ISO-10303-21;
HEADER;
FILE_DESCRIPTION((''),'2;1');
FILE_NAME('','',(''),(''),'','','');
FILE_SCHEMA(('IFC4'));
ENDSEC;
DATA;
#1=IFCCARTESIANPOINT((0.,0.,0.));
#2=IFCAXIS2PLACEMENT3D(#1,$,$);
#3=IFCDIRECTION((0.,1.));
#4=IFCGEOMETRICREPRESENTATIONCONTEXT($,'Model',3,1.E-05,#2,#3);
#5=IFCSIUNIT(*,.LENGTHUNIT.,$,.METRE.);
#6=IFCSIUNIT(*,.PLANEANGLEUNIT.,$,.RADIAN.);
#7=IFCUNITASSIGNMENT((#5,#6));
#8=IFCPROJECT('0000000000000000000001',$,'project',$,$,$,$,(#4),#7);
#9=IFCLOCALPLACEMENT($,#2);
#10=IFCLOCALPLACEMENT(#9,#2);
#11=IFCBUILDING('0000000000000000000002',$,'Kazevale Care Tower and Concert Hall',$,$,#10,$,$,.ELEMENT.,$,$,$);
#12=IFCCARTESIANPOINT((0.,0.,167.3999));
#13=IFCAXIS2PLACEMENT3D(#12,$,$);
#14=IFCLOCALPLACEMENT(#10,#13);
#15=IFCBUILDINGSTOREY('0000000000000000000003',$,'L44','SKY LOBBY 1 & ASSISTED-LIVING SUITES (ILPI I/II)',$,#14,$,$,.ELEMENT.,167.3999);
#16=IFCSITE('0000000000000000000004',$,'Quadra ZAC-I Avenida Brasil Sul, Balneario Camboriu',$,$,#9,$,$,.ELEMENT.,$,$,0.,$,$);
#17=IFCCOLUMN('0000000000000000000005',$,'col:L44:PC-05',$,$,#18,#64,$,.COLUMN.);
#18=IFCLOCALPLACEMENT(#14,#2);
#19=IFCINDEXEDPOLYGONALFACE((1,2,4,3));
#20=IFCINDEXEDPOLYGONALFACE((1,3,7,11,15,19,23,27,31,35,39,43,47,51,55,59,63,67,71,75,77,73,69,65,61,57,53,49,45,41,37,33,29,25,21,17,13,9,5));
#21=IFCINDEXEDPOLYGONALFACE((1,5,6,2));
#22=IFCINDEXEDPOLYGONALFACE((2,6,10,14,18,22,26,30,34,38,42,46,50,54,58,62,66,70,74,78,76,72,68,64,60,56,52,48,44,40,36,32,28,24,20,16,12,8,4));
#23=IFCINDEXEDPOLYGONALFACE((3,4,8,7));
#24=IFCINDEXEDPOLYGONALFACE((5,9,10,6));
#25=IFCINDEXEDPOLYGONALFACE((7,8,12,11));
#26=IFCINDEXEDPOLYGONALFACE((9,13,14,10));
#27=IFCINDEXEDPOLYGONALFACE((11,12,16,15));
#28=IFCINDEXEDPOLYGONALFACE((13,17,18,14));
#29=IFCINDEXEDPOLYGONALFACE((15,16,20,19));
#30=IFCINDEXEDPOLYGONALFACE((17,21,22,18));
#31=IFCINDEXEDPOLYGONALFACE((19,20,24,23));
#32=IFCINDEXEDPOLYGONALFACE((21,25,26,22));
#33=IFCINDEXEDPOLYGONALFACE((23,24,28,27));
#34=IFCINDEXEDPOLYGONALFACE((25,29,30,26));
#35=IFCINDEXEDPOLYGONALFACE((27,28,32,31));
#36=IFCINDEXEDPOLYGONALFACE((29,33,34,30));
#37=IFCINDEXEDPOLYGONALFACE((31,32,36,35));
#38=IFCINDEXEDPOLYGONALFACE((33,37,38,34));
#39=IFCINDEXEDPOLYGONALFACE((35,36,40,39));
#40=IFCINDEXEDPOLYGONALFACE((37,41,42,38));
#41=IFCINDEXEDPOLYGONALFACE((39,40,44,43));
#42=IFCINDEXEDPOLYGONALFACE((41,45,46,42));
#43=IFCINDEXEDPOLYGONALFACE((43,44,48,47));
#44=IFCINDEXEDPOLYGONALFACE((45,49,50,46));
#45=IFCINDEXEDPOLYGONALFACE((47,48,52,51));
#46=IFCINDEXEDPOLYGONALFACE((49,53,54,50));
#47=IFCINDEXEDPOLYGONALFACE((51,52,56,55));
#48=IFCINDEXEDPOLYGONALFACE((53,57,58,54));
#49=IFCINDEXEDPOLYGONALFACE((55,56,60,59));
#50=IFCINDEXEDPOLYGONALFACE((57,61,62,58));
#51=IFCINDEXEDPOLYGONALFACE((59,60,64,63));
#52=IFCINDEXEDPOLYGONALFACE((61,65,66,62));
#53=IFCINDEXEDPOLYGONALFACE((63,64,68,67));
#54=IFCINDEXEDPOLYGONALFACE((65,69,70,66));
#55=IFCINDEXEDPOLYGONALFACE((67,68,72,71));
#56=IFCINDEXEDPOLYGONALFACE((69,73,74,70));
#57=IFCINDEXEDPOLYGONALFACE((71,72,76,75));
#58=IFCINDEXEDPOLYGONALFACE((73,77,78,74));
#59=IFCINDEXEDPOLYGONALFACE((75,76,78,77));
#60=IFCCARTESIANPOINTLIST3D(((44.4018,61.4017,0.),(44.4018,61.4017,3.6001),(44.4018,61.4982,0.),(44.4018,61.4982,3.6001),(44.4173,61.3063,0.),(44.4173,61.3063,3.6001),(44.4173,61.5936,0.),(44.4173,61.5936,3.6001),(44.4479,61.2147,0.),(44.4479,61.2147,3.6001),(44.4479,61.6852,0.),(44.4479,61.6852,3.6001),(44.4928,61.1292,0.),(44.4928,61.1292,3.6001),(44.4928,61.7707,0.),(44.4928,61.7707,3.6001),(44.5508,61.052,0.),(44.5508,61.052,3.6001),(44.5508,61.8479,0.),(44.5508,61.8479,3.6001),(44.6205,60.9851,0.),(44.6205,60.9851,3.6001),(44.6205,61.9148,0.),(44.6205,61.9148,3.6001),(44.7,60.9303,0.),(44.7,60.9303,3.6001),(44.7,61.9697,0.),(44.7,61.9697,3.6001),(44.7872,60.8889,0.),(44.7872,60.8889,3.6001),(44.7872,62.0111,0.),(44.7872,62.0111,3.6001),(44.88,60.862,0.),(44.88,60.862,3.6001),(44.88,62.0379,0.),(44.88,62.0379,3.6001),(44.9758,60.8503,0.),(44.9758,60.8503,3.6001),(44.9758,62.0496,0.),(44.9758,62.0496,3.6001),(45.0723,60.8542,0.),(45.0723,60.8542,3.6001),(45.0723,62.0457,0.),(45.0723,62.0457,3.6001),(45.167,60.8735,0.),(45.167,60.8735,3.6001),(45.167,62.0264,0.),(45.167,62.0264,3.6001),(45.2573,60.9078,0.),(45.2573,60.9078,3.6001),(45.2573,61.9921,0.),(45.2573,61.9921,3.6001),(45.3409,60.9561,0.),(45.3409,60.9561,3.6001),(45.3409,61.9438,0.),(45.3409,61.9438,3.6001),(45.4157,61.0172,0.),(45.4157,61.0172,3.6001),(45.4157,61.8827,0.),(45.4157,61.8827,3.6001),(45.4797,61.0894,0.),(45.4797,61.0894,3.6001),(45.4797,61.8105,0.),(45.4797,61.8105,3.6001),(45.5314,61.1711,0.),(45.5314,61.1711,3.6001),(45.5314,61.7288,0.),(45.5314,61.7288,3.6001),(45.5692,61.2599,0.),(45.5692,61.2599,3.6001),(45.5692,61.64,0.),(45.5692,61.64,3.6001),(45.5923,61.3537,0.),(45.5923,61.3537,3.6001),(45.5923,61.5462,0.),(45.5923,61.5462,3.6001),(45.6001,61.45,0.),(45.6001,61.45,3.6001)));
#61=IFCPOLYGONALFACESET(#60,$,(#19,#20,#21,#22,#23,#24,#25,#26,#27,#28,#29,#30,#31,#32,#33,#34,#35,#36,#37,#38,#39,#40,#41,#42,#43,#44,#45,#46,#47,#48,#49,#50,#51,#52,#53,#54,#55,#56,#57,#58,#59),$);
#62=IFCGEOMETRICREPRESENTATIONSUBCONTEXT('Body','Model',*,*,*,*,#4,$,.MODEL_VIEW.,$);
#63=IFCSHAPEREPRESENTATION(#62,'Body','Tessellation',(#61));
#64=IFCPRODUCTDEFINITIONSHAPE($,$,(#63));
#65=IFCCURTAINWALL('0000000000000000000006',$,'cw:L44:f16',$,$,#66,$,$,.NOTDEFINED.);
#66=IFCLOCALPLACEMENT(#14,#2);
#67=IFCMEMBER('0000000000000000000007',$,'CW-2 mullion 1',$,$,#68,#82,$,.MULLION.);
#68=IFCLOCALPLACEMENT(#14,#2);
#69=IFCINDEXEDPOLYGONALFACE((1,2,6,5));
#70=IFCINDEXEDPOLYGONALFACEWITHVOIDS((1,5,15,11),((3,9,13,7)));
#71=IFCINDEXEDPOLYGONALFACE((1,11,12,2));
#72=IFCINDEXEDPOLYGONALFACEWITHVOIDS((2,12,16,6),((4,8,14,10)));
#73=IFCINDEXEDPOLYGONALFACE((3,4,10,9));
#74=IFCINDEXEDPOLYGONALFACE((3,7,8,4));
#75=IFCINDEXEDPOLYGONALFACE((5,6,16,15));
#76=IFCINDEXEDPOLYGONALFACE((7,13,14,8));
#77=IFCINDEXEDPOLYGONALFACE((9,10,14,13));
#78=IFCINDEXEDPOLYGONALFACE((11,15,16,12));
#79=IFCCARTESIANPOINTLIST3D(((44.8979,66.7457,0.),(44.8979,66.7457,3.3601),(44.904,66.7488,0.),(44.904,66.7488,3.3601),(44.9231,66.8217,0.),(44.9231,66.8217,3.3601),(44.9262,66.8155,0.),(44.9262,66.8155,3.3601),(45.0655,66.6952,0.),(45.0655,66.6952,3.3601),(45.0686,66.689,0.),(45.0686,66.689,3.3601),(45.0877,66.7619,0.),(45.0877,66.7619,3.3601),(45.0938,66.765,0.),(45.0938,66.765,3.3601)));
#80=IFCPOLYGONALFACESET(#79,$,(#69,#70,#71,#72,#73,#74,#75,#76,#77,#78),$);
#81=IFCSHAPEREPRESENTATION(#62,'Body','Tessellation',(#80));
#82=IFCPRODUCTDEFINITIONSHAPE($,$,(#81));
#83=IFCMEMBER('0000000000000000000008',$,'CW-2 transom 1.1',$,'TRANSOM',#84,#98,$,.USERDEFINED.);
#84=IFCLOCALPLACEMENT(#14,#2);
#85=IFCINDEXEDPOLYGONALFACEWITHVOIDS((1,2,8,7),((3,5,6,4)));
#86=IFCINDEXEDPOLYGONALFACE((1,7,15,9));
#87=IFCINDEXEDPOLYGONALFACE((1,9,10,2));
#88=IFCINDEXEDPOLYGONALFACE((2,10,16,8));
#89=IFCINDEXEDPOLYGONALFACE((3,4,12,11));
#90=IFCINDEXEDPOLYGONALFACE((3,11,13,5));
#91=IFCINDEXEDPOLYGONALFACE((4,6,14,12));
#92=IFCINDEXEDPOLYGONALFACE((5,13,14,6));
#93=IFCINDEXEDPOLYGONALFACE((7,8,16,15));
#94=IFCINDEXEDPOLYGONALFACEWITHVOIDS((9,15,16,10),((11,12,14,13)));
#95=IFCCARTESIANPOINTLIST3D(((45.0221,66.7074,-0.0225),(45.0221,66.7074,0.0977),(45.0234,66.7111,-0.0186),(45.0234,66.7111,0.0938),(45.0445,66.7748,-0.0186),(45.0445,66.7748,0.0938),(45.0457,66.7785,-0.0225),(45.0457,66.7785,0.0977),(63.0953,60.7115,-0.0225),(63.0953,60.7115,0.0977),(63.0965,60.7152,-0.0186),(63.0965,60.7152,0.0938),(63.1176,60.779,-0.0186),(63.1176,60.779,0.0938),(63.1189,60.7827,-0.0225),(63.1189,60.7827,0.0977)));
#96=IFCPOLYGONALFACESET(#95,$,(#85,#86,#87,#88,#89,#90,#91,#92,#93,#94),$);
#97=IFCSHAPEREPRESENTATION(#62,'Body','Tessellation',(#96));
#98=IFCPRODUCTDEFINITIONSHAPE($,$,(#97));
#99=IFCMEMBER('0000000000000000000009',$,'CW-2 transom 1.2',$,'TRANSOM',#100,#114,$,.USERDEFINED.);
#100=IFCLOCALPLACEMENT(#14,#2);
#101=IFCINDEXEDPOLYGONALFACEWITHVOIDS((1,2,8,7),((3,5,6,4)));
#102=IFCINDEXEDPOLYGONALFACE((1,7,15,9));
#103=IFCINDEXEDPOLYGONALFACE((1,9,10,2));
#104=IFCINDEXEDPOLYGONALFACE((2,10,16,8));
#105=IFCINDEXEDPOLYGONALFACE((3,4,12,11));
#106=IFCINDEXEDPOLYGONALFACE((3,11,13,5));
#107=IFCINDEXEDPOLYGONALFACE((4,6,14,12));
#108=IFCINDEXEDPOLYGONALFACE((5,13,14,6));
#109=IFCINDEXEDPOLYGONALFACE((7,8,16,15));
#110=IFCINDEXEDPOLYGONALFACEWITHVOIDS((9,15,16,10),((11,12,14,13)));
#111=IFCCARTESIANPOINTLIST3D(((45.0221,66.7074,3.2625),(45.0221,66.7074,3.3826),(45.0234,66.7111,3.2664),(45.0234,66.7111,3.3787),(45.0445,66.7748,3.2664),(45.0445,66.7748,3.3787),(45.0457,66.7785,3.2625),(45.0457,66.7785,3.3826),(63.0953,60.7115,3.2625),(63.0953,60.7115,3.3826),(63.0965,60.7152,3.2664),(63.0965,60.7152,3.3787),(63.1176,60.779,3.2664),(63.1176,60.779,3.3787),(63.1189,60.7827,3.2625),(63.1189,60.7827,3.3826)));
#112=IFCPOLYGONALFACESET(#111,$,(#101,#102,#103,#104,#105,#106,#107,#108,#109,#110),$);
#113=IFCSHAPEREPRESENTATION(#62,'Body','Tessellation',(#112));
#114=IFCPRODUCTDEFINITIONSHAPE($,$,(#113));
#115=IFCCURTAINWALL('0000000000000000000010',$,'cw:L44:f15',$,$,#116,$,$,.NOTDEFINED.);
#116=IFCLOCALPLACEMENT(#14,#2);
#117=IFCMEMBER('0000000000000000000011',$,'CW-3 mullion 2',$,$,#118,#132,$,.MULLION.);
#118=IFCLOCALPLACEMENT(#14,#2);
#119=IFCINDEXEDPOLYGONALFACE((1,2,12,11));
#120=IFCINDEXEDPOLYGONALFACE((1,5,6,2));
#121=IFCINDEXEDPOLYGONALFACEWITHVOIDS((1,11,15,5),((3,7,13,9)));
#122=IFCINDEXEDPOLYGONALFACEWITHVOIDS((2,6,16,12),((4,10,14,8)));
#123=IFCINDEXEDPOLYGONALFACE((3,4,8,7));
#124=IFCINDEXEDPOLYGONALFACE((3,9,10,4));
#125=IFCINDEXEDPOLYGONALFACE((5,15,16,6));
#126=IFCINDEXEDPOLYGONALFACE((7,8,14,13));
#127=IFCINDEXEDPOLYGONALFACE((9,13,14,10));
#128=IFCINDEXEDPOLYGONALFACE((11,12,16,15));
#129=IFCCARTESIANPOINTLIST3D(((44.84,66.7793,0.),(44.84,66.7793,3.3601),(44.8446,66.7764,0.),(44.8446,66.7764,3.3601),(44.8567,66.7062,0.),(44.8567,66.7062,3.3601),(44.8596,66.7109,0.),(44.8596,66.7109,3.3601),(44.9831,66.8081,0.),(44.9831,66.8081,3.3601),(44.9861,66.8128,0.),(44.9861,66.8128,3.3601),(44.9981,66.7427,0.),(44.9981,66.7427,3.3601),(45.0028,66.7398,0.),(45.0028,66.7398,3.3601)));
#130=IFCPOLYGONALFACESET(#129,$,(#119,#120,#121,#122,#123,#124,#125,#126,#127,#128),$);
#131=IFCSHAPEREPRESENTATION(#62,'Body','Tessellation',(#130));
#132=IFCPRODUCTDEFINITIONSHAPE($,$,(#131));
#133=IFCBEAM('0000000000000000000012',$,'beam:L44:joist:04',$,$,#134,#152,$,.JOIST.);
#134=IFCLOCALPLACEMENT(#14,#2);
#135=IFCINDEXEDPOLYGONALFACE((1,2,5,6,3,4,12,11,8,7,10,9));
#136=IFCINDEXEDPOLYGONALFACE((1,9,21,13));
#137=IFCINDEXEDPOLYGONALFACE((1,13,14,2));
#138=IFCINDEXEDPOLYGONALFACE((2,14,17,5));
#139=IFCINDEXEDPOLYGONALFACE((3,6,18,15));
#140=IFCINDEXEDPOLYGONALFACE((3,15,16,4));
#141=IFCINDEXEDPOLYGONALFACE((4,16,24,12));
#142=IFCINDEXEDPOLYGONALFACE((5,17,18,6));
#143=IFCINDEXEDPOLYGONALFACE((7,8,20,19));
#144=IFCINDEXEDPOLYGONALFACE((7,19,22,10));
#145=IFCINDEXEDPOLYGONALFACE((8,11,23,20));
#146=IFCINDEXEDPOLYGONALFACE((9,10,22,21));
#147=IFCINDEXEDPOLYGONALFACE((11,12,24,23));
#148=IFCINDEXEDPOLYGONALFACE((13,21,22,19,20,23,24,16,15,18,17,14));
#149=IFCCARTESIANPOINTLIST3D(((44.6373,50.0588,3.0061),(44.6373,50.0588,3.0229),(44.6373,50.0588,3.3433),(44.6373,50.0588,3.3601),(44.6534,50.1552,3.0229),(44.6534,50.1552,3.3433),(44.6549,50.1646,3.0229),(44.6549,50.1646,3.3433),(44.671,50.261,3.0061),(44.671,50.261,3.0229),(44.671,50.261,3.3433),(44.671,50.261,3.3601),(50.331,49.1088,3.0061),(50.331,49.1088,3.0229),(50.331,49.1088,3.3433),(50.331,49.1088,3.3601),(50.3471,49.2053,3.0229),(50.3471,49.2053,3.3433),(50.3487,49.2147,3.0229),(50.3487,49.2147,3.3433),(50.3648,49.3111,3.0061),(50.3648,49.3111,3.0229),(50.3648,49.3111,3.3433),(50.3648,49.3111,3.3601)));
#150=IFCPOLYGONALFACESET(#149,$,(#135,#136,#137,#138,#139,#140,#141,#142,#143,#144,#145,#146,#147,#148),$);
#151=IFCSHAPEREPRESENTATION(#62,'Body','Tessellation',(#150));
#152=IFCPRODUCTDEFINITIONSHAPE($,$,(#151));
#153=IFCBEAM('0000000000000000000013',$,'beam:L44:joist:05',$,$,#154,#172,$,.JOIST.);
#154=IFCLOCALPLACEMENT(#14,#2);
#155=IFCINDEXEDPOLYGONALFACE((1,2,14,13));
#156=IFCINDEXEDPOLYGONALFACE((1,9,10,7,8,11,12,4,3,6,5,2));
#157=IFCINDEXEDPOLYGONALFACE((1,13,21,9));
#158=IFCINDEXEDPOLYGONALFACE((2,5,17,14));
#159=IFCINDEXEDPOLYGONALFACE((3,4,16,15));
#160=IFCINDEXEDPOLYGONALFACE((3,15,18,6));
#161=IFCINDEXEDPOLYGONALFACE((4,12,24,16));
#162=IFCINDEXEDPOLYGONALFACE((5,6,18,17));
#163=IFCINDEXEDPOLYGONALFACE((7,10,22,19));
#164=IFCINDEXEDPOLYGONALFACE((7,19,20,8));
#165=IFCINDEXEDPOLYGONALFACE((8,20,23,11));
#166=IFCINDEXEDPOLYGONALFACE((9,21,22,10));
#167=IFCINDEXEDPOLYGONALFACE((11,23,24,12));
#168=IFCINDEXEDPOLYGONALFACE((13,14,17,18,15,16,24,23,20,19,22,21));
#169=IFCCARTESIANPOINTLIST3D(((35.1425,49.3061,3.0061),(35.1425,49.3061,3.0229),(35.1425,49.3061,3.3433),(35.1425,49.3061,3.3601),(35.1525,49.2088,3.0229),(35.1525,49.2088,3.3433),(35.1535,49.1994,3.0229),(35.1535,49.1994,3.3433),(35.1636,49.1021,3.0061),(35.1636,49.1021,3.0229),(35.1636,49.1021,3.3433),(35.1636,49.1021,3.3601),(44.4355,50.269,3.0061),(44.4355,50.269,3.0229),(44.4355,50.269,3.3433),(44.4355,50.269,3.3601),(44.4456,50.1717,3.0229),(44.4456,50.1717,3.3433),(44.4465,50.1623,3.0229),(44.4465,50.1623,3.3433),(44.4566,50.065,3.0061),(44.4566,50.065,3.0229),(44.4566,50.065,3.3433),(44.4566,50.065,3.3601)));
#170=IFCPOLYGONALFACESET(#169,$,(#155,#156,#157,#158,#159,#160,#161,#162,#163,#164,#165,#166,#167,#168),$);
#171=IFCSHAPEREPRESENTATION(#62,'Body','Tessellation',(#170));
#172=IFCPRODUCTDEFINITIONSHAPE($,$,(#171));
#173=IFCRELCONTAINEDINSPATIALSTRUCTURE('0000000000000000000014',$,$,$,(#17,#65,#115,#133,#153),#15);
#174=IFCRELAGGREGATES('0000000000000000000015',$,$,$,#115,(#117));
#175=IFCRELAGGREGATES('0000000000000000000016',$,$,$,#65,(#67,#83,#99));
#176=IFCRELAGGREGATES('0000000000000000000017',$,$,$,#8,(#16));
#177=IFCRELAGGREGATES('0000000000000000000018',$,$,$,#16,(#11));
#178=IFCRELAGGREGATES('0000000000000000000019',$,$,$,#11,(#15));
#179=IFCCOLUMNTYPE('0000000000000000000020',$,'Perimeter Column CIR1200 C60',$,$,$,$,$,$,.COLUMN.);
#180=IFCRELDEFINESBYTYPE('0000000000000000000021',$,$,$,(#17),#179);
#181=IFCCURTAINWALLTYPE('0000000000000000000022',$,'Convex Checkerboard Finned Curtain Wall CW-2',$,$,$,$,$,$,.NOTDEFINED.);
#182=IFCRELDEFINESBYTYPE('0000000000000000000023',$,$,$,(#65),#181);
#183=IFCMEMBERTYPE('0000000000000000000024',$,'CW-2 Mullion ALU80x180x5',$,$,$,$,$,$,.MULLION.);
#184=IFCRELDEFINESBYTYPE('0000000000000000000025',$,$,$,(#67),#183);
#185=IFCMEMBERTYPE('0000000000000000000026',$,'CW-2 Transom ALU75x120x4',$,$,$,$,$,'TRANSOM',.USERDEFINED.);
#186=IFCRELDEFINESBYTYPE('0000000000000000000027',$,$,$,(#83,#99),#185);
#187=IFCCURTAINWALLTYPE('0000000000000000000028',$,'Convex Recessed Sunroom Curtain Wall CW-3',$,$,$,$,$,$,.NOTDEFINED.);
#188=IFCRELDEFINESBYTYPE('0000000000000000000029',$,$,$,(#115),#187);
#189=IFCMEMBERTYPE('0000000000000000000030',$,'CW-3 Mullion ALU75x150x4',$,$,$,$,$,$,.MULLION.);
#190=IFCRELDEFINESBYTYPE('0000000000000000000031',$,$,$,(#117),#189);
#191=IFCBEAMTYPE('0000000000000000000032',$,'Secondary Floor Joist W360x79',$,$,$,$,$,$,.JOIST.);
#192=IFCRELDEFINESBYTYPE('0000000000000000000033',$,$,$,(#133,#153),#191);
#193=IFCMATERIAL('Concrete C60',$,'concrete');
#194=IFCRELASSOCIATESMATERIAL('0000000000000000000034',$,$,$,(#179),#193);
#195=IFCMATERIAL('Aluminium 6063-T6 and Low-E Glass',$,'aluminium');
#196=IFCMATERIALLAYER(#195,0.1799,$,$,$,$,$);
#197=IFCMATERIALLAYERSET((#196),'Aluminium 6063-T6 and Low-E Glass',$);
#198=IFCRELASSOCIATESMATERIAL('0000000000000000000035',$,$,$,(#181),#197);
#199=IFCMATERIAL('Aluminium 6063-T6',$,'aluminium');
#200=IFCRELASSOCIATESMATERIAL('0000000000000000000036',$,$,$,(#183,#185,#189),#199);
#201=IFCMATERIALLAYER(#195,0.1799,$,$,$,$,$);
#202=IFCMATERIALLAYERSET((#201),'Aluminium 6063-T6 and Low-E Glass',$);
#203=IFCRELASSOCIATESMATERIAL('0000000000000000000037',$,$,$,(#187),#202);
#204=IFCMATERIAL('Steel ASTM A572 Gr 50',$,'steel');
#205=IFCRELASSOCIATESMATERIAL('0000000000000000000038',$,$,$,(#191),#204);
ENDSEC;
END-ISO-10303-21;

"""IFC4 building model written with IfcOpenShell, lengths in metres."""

from ifc_helpers import new_model, si_unit, direction, frame, origin, origin_2d, place, context, subcontext, project, spatial, hollow_rectangle, circle, i_section, extrude, material, layer, layer_set, material_profile, profile_set, type_object, element, aggregate, save


model = new_model("IFC4")

# Units and contexts
model_context = context("Model", 3, precision=1e-05, world=origin(), true_north=direction((0.0, 1.0)))
body_context = subcontext(model_context, "Body", "Model", "MODEL_VIEW")
ifc_project = project(units=[si_unit("LENGTHUNIT", "METRE"), si_unit("PLANEANGLEUNIT", "RADIAN")], contexts=[model_context])

# Site, building, storey
site_placement = place(None, origin())
site = spatial("IfcSite", under=ifc_project, at=site_placement, Name="Quadra ZAC-I Avenida Brasil Sul, Balneario Camboriu", CompositionType="ELEMENT", RefElevation=0.0)
building_placement = place(site_placement, origin())
building = spatial("IfcBuilding", under=site, at=building_placement, Name="Kazevale Care Tower and Concert Hall", CompositionType="ELEMENT")
storey_placement = place(building_placement, frame((0.0, 0.0, 167.3999)))
storey = spatial("IfcBuildingStorey", under=building, at=storey_placement, Name="L44", Description="SKY LOBBY 1 & ASSISTED-LIVING SUITES (ILPI I/II)", CompositionType="ELEMENT", Elevation=167.3999)

# Column
ifc_material_1 = material(Name="Concrete C60", Category="concrete")
ifc_material_profile_1 = material_profile(ifc_material_1, circle(Radius=0.6001, at=origin_2d()), Name="RC-CIR1200")
ifc_profile_set_1 = profile_set([ifc_material_profile_1], Name="Concrete C60")
column_type = type_object("IfcColumnType", Name="Perimeter Column CIR1200 C60", PredefinedType="COLUMN", material=ifc_profile_set_1)
column_placement = place(storey_placement, frame((45.0, 61.45, 0.0), z_axis=(0.0, 0.0, 1.0), x_axis=(1.0, 0.0, 0.0)))
element("IfcColumn", 1, at=column_placement, inside=storey, type_object=column_type, Name="col:L44:PC-05", PredefinedType="COLUMN", context=body_context, shape_type="SweptSolid", body=[
    extrude(circle(Radius=0.6001, at=origin_2d()), origin(), (0.0, 0.0, 1.0), 3.6001),
])

# Curtain wall, members
ifc_material_2 = material(Name="Aluminium 6063-T6 and Low-E Glass", Category="aluminium")
ifc_layer_1 = layer(ifc_material_2, 0.1799)
ifc_layer_set_1 = layer_set([ifc_layer_1], Name="Aluminium 6063-T6 and Low-E Glass")
curtain_wall_type_1 = type_object("IfcCurtainWallType", Name="Convex Checkerboard Finned Curtain Wall CW-2", PredefinedType="NOTDEFINED", material=ifc_layer_set_1)
curtain_wall_1_placement = place(storey_placement, origin())
curtain_wall_1 = element("IfcCurtainWall", 2, at=curtain_wall_1_placement, inside=storey, type_object=curtain_wall_type_1, Name="cw:L44:f16", PredefinedType="NOTDEFINED")
ifc_material_3 = material(Name="Aluminium 6063-T6", Category="aluminium")
ifc_material_profile_2 = material_profile(ifc_material_3, hollow_rectangle(XDim=0.0801, YDim=0.1799, WallThickness=0.0049, at=origin_2d()), Name="ALU80x180x5")
ifc_profile_set_2 = profile_set([ifc_material_profile_2], Name="Aluminium 6063-T6")
member_type_1 = type_object("IfcMemberType", Name="CW-2 Mullion ALU80x180x5", PredefinedType="MULLION", material=ifc_profile_set_2)
member_1_placement = place(storey_placement, frame((44.9958, 66.7554, 0.0), z_axis=(0.0, 0.0, 1.0), x_axis=(0.314868, 0.949135, 0.0)))
member_1 = element("IfcMember", 3, at=member_1_placement, type_object=member_type_1, Name="CW-2 mullion 1", PredefinedType="MULLION", context=body_context, shape_type="SweptSolid", body=[
    extrude(hollow_rectangle(XDim=0.0801, YDim=0.1799, WallThickness=0.0049, at=origin_2d()), origin(), (0.0, 0.0, 1.0), 3.3601),
])
ifc_material_profile_3 = material_profile(ifc_material_3, hollow_rectangle(XDim=0.075, YDim=0.1201, WallThickness=0.0039, at=origin_2d()), Name="ALU75x120x4")
ifc_profile_set_3 = profile_set([ifc_material_profile_3], Name="Aluminium 6063-T6")
member_type_2 = type_object("IfcMemberType", Name="CW-2 Transom ALU75x120x4", ElementType="TRANSOM", PredefinedType="USERDEFINED", material=ifc_profile_set_3)
member_2_placement = place(storey_placement, frame((45.0339, 66.7429, 0.0376), z_axis=(0.949132, -0.314877, 0.0), x_axis=(0.314877, 0.949132, 0.0)))
member_2 = element("IfcMember", 4, at=member_2_placement, type_object=member_type_2, Name="CW-2 transom 1.1", ObjectType="TRANSOM", PredefinedType="USERDEFINED", context=body_context, shape_type="SweptSolid", body=[
    extrude(hollow_rectangle(XDim=0.075, YDim=0.1201, WallThickness=0.0039, at=origin_2d()), origin(), (0.0, 0.0, 1.0), 19.0417),
])
member_3_placement = place(storey_placement, frame((45.0339, 66.7429, 3.3225), z_axis=(0.949132, -0.314877, 0.0), x_axis=(0.314877, 0.949132, 0.0)))
member_3 = element("IfcMember", 5, at=member_3_placement, type_object=member_type_2, Name="CW-2 transom 1.2", ObjectType="TRANSOM", PredefinedType="USERDEFINED", context=body_context, shape_type="SweptSolid", body=[
    extrude(hollow_rectangle(XDim=0.075, YDim=0.1201, WallThickness=0.0039, at=origin_2d()), origin(), (0.0, 0.0, 1.0), 19.0417),
])

# Curtain wall, member
ifc_layer_2 = layer(ifc_material_2, 0.1799)
ifc_layer_set_2 = layer_set([ifc_layer_2], Name="Aluminium 6063-T6 and Low-E Glass")
curtain_wall_type_2 = type_object("IfcCurtainWallType", Name="Convex Recessed Sunroom Curtain Wall CW-3", PredefinedType="NOTDEFINED", material=ifc_layer_set_2)
curtain_wall_2_placement = place(storey_placement, origin())
curtain_wall_2 = element("IfcCurtainWall", 6, at=curtain_wall_2_placement, inside=storey, type_object=curtain_wall_type_2, Name="cw:L44:f15", PredefinedType="NOTDEFINED")
ifc_material_profile_4 = material_profile(ifc_material_3, hollow_rectangle(XDim=0.075, YDim=0.1499, WallThickness=0.0039, at=origin_2d()), Name="ALU75x150x4")
ifc_profile_set_4 = profile_set([ifc_material_profile_4], Name="Aluminium 6063-T6")
member_type_3 = type_object("IfcMemberType", Name="CW-3 Mullion ALU75x150x4", PredefinedType="MULLION", material=ifc_profile_set_4)
member_4_placement = place(storey_placement, frame((44.9214, 66.7595, 0.0), z_axis=(0.0, 0.0, 1.0), x_axis=(-0.223567, 0.974688, 0.0)))
member_4 = element("IfcMember", 7, at=member_4_placement, type_object=member_type_3, Name="CW-3 mullion 2", PredefinedType="MULLION", context=body_context, shape_type="SweptSolid", body=[
    extrude(hollow_rectangle(XDim=0.075, YDim=0.1499, WallThickness=0.0039, at=origin_2d()), origin(), (0.0, 0.0, 1.0), 3.3601),
])
aggregate(curtain_wall_2, [member_4])

# Beams
ifc_material_4 = material(Name="Steel ASTM A572 Gr 50", Category="steel")
ifc_material_profile_5 = material_profile(ifc_material_4, i_section(OverallWidth=0.2051, OverallDepth=0.354, WebThickness=0.0095, FlangeThickness=0.0168, at=origin_2d()), Name="W360x79")
ifc_profile_set_5 = profile_set([ifc_material_profile_5], Name="Steel ASTM A572 Gr 50")
beam_type_1 = type_object("IfcBeamType", Name="Secondary Floor Joist W360x79", PredefinedType="JOIST", material=ifc_profile_set_5)
beam_1_placement = place(storey_placement, frame((50.3479, 49.21, 3.1831), z_axis=(-0.986366, 0.164564, 0.0), x_axis=(-0.164564, -0.986366, 0.0)))
element("IfcBeam", 8, at=beam_1_placement, inside=storey, type_object=beam_type_1, Name="beam:L44:joist:04", PredefinedType="JOIST", context=body_context, shape_type="SweptSolid", body=[
    extrude(i_section(OverallWidth=0.2051, OverallDepth=0.354, WebThickness=0.0095, FlangeThickness=0.0168, at=origin_2d()), origin(), (0.0, 0.0, 1.0), 5.7725),
])
beam_2_placement = place(storey_placement, frame((44.446, 50.167, 3.1831), z_axis=(-0.994675, -0.103063, 0.0), x_axis=(0.103063, -0.994675, 0.0)))
element("IfcBeam", 9, at=beam_2_placement, inside=storey, type_object=beam_type_1, Name="beam:L44:joist:05", PredefinedType="JOIST", context=body_context, shape_type="SweptSolid", body=[
    extrude(i_section(OverallWidth=0.2051, OverallDepth=0.354, WebThickness=0.0095, FlangeThickness=0.0168, at=origin_2d()), origin(), (0.0, 0.0, 1.0), 9.3428),
])

aggregate(curtain_wall_1, [member_1, member_2, member_3])

save(model, "model.ifc")
